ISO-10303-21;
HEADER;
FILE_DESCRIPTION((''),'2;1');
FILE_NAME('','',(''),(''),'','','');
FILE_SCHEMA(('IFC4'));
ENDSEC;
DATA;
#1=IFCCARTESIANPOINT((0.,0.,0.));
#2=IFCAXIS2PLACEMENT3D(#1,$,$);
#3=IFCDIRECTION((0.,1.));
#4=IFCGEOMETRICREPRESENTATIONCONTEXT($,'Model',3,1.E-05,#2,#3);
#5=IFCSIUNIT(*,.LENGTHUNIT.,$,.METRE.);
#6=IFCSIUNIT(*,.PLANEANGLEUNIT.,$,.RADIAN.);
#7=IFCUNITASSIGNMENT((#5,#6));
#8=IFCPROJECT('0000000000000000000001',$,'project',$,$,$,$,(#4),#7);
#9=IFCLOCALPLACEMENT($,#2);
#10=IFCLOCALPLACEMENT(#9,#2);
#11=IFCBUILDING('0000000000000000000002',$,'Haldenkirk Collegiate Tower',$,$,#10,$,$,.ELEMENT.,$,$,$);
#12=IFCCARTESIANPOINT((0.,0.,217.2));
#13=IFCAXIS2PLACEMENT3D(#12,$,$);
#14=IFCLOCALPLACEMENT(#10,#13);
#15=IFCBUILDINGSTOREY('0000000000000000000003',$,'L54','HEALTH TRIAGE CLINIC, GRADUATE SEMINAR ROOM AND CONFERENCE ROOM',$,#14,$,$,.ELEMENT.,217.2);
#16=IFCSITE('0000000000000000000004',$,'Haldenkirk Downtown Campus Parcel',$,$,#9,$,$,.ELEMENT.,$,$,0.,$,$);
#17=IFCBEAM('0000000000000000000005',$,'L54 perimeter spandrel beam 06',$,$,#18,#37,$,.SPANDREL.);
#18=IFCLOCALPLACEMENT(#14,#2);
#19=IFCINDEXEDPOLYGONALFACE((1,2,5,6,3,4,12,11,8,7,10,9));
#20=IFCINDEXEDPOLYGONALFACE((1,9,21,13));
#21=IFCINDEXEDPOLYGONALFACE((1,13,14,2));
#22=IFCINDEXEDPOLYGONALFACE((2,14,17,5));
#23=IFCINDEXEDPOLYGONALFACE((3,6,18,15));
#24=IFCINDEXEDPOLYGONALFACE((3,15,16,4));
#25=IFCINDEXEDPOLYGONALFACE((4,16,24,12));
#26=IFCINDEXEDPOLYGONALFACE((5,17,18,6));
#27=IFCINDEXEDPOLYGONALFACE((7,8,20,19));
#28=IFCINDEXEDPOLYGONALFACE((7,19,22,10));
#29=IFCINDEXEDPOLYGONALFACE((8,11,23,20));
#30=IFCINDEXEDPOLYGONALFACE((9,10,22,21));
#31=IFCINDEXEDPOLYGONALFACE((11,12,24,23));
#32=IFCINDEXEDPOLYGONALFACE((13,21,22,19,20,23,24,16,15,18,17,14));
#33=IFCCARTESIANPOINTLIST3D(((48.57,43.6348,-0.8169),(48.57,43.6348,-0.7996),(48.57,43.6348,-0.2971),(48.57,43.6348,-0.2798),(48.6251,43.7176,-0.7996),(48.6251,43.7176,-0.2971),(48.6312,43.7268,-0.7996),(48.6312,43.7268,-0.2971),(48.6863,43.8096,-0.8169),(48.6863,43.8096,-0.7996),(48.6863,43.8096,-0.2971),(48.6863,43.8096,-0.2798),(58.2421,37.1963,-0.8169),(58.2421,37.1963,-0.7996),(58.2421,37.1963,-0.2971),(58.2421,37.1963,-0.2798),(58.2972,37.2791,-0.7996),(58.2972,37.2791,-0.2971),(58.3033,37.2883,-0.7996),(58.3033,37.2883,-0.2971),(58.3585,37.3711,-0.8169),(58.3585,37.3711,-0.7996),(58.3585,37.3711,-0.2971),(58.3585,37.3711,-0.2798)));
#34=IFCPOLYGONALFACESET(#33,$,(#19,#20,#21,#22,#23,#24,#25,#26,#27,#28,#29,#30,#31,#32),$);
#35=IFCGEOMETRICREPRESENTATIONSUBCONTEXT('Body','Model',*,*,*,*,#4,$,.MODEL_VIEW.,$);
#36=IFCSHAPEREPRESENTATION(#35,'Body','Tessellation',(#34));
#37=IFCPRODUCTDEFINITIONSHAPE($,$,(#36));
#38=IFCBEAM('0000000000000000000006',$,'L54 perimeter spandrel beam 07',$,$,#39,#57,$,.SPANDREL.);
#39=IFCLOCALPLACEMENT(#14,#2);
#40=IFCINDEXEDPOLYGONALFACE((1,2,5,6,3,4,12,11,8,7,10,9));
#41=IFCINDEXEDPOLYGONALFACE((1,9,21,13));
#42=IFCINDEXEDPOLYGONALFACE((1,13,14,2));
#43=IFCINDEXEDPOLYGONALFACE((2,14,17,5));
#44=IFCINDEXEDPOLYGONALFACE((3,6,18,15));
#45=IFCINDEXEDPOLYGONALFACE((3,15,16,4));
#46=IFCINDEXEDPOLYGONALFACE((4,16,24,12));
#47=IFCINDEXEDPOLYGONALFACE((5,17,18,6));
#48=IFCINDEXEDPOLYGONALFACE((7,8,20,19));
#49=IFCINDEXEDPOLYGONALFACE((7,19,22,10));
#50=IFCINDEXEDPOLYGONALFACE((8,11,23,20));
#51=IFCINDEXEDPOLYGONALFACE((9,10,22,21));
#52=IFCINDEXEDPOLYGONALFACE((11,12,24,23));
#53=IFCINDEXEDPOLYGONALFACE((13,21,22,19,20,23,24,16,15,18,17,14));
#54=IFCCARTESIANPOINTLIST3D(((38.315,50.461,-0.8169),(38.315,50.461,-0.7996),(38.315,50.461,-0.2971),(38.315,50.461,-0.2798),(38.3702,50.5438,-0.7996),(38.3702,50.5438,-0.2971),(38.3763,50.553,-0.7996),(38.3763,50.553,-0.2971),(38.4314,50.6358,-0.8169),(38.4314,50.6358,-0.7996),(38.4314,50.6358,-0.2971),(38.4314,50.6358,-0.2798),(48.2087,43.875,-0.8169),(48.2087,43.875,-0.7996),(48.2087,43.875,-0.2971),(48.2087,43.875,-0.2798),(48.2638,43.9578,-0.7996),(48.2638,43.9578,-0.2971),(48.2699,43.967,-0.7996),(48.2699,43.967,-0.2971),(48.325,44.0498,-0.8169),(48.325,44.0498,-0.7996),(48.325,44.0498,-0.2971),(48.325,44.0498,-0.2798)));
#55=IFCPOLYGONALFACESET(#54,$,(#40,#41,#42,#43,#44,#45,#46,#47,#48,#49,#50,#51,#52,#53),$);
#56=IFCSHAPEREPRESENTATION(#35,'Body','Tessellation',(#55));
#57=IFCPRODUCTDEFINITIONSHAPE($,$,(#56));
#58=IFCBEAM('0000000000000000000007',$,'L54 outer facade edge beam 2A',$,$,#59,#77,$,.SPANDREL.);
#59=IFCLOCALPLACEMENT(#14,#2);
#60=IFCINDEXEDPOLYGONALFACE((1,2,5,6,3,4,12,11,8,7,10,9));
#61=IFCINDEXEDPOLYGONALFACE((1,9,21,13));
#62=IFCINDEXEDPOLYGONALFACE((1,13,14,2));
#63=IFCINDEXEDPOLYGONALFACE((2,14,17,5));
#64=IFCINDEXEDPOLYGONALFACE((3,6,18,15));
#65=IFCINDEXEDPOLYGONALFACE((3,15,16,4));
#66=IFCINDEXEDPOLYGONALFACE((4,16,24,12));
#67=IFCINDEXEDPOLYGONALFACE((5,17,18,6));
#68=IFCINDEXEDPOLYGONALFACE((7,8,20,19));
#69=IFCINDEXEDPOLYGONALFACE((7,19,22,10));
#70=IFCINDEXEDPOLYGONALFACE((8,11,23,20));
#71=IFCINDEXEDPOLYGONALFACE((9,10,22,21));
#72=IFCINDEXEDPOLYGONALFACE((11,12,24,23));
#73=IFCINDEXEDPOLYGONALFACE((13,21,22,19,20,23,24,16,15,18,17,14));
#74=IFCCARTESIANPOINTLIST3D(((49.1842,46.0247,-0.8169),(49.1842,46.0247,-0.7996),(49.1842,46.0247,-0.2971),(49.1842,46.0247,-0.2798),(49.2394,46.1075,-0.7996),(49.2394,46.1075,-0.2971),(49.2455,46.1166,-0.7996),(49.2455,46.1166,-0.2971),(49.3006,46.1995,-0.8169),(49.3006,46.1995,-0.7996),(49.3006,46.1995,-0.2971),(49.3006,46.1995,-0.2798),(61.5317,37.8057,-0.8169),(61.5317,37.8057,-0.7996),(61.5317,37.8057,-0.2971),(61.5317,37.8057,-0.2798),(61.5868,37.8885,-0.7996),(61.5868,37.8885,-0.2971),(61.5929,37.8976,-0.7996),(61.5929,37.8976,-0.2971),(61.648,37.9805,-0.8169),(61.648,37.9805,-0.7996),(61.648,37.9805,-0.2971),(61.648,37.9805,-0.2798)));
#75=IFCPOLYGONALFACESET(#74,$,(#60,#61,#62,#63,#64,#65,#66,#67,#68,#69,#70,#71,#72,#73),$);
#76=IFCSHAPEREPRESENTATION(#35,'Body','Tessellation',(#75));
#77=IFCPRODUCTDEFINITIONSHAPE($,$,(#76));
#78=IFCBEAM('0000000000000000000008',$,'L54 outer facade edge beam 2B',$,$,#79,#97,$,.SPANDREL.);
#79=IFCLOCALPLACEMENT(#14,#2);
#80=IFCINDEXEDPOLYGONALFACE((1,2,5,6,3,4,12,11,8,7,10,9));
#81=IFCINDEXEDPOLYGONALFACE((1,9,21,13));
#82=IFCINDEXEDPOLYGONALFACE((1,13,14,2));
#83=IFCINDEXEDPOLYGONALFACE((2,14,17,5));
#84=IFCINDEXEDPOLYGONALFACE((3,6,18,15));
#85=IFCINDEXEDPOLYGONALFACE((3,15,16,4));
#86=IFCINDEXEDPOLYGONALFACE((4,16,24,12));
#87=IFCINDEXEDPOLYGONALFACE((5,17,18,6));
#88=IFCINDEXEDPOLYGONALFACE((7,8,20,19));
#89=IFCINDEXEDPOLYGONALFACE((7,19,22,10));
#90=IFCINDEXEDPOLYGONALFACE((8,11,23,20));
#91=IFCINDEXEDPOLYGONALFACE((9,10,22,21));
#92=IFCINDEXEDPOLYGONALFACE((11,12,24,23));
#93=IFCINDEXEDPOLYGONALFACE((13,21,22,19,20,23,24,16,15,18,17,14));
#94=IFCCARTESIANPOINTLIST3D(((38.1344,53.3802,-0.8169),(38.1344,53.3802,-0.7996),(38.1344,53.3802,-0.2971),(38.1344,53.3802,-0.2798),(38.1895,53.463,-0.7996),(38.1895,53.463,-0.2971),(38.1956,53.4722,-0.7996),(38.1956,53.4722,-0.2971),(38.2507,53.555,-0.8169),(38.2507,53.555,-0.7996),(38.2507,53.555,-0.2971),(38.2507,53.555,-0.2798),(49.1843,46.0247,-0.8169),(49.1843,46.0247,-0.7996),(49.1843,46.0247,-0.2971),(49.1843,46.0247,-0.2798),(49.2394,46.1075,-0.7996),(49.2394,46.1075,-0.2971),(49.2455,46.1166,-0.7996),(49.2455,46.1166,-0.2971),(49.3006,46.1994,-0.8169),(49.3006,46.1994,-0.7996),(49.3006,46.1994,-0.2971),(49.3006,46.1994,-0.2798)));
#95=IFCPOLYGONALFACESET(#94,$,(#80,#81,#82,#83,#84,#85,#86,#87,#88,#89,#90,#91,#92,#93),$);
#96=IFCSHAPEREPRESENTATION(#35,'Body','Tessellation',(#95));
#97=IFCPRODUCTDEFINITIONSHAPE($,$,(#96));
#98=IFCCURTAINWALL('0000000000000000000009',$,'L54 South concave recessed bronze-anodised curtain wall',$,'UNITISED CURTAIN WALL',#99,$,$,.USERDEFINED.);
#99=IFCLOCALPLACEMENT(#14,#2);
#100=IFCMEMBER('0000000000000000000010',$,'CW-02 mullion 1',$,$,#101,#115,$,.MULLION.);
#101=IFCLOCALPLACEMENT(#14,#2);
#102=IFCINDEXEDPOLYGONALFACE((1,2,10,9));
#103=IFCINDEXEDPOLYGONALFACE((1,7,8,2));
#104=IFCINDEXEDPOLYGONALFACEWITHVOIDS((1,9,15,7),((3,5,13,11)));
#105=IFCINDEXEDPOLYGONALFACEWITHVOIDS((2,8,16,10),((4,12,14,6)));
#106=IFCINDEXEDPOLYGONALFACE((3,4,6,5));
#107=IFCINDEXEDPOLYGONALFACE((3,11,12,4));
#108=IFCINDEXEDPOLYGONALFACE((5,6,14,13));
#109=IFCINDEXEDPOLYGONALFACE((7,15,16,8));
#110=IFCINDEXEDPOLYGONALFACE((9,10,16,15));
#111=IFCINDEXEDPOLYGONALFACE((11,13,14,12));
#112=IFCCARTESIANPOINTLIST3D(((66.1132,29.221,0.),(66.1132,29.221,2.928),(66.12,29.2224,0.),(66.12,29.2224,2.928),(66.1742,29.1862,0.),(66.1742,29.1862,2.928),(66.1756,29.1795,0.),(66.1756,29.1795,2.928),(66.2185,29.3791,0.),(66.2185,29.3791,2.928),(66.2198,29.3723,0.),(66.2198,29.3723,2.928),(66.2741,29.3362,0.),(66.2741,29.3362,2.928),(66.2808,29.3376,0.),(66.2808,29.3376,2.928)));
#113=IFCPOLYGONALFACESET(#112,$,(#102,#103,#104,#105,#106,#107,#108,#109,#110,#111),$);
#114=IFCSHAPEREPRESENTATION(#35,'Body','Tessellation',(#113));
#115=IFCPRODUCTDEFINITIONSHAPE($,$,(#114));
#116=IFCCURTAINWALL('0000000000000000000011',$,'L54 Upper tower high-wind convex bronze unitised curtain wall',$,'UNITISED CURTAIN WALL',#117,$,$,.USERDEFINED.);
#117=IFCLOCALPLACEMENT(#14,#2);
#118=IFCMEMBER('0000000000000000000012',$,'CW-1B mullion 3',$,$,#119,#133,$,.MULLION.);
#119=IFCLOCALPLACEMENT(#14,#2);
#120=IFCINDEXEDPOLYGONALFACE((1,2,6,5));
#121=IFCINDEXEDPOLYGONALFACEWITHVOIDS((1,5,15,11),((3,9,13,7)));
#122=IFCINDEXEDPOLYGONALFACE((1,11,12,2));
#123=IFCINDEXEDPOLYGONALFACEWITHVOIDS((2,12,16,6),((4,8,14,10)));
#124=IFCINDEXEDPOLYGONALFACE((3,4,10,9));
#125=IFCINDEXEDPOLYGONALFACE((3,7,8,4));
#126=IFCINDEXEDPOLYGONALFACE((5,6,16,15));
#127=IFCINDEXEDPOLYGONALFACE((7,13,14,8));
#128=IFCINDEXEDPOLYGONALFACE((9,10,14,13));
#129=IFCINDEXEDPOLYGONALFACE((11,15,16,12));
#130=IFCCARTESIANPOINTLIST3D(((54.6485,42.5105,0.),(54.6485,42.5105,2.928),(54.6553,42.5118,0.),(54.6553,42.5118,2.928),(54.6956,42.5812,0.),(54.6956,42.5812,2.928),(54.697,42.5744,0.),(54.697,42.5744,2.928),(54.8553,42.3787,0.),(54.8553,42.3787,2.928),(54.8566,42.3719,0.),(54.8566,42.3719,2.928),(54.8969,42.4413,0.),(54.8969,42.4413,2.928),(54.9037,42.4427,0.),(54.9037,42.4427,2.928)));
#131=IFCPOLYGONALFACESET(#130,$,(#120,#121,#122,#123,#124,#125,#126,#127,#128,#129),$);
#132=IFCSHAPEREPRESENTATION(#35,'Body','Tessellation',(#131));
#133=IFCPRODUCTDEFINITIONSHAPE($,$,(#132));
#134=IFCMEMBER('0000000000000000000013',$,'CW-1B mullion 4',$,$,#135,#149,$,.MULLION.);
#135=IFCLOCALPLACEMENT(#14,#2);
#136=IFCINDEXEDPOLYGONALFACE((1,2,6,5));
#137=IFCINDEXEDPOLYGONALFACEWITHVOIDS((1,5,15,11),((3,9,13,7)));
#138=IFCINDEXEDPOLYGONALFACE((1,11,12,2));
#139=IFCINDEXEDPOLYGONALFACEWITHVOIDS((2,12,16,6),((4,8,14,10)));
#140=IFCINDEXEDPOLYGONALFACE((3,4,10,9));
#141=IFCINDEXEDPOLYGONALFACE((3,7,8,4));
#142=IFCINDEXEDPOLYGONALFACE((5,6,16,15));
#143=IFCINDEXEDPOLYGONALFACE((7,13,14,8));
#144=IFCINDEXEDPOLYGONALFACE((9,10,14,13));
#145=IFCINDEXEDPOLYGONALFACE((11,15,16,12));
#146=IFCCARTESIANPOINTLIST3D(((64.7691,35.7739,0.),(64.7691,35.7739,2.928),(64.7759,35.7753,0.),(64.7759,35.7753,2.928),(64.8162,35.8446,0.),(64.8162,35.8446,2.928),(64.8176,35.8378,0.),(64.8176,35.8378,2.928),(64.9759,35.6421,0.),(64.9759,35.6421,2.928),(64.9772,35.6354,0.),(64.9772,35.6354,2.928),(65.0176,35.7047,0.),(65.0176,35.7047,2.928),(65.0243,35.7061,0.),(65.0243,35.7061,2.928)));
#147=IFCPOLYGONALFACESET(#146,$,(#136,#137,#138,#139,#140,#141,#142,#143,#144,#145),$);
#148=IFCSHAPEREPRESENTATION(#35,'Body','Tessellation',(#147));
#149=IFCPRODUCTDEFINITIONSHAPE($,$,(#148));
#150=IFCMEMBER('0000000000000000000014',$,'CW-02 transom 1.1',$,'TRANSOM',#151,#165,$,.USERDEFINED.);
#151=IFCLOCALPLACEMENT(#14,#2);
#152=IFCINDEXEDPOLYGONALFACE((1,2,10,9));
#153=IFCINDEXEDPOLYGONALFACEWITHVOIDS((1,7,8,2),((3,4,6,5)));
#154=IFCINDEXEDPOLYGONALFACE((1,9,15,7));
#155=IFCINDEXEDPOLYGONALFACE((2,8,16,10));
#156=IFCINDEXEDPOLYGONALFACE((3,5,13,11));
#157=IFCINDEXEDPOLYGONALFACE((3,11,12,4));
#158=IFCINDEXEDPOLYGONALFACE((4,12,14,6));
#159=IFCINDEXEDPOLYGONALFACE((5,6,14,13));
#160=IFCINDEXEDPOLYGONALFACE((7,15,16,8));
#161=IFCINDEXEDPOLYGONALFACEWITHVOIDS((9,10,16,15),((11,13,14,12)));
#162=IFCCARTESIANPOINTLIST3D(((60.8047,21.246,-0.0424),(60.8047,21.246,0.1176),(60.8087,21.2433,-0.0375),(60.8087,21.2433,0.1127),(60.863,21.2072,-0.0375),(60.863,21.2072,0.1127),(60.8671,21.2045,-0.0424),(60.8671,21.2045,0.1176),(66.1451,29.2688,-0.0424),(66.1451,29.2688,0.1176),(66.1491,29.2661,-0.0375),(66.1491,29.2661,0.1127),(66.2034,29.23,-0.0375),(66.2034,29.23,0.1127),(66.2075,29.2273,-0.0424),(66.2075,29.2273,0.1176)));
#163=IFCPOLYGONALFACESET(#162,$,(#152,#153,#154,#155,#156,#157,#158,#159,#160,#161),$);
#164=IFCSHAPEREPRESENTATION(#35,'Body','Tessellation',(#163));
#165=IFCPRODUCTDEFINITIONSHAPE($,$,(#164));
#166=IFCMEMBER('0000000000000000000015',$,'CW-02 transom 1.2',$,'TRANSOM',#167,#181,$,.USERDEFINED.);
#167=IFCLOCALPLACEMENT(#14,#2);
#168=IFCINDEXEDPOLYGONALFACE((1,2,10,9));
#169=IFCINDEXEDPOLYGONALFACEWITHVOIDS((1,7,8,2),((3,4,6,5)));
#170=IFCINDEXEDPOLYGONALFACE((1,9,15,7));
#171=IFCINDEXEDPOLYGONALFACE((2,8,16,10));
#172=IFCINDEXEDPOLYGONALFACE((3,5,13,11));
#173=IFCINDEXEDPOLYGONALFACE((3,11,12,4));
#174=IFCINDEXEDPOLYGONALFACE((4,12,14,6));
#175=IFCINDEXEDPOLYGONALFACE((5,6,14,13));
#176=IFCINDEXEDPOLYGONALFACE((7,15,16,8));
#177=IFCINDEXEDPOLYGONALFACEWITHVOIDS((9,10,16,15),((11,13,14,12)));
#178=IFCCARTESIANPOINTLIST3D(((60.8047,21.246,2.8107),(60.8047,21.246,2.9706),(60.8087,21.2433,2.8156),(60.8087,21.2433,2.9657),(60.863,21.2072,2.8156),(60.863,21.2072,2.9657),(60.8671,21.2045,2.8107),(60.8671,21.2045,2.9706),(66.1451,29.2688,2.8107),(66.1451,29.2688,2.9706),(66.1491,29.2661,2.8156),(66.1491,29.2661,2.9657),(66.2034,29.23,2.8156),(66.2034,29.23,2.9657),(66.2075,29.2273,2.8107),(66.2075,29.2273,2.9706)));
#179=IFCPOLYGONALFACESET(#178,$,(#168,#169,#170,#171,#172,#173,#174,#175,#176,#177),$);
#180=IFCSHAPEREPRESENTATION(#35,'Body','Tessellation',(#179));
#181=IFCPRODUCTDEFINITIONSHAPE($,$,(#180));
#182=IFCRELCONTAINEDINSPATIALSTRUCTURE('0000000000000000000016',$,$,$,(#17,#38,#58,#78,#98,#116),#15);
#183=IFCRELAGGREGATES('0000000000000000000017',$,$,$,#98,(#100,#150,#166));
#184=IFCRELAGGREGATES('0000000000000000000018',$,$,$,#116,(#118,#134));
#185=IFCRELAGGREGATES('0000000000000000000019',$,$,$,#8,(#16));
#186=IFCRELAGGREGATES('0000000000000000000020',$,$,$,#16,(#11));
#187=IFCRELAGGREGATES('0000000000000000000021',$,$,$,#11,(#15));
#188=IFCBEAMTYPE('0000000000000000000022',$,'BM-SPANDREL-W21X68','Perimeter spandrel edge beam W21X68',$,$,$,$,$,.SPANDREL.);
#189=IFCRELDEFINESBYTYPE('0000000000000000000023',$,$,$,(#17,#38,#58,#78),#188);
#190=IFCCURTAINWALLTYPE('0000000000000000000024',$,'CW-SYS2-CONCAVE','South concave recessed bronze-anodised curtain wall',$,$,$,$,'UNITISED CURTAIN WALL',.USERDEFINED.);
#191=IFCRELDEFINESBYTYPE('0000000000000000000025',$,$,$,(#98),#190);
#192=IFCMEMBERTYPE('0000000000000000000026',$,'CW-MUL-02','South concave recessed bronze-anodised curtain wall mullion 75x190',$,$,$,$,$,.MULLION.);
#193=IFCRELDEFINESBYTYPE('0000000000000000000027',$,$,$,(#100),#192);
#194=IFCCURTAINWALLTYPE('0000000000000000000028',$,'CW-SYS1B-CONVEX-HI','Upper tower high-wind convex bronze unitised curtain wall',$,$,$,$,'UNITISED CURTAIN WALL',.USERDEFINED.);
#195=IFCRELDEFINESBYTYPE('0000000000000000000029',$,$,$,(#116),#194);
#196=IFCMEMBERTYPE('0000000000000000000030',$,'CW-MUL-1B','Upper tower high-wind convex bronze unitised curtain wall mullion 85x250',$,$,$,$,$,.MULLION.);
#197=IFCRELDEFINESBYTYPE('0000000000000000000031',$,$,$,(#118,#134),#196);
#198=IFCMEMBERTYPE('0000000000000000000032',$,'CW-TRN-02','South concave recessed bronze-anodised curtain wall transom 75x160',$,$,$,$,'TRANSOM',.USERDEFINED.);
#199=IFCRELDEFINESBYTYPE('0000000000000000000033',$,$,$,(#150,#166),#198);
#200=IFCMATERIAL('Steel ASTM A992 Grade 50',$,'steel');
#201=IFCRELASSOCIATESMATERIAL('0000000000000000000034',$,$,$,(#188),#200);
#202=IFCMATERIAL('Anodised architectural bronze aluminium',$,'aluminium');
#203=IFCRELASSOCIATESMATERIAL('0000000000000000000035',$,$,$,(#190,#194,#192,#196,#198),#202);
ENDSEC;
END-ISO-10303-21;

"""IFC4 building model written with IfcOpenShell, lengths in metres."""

from ifc_helpers import new_model, si_unit, direction, frame, origin, origin_2d, place, context, subcontext, project, spatial, hollow_rectangle, i_section, extrude, material, material_profile, profile_set, type_object, element, aggregate, save


model = new_model("IFC4")

# Units and contexts
model_context = context("Model", 3, precision=1e-05, world=origin(), true_north=direction((0.0, 1.0)))
body_context = subcontext(model_context, "Body", "Model", "MODEL_VIEW")
ifc_project = project(units=[si_unit("LENGTHUNIT", "METRE"), si_unit("PLANEANGLEUNIT", "RADIAN")], contexts=[model_context])

# Site, building, storey
site_placement = place(None, origin())
site = spatial("IfcSite", under=ifc_project, at=site_placement, Name="Haldenkirk Downtown Campus Parcel", CompositionType="ELEMENT", RefElevation=0.0)
building_placement = place(site_placement, origin())
building = spatial("IfcBuilding", under=site, at=building_placement, Name="Haldenkirk Collegiate Tower", CompositionType="ELEMENT")
storey_placement = place(building_placement, frame((0.0, 0.0, 217.2)))
storey = spatial("IfcBuildingStorey", under=building, at=storey_placement, Name="L54", Description="HEALTH TRIAGE CLINIC, GRADUATE SEMINAR ROOM AND CONFERENCE ROOM", CompositionType="ELEMENT", Elevation=217.2)

# Beams
ifc_material_1 = material(Name="Steel ASTM A992 Grade 50", Category="steel")
ifc_material_profile_1 = material_profile(ifc_material_1, i_section(OverallWidth=0.21, OverallDepth=0.5371, WebThickness=0.011, FlangeThickness=0.0173, at=origin_2d()), Name="W21X68")
ifc_profile_set_1 = profile_set([ifc_material_profile_1], Name="Steel ASTM A992 Grade 50")
beam_type_1 = type_object("IfcBeamType", Name="BM-SPANDREL-W21X68", Description="Perimeter spandrel edge beam W21X68", PredefinedType="SPANDREL", material=ifc_profile_set_1)
beam_1_placement = place(storey_placement, frame((58.3003, 37.2837, -0.5483), z_axis=(-0.832432, 0.554128, 0.0), x_axis=(-0.554128, -0.832432, 0.0)))
element("IfcBeam", 1, at=beam_1_placement, inside=storey, type_object=beam_type_1, Name="L54 perimeter spandrel beam 06", PredefinedType="SPANDREL", context=body_context, shape_type="SweptSolid", body=[
    extrude(i_section(OverallWidth=0.21, OverallDepth=0.5371, WebThickness=0.011, FlangeThickness=0.0173, at=origin_2d()), origin(), (0.0, 0.0, 1.0), 11.6191),
])
beam_2_placement = place(storey_placement, frame((48.2668, 43.9624, -0.5483), z_axis=(-0.832429, 0.554131, 0.0), x_axis=(-0.554131, -0.832429, 0.0)))
element("IfcBeam", 2, at=beam_2_placement, inside=storey, type_object=beam_type_1, Name="L54 perimeter spandrel beam 07", PredefinedType="SPANDREL", context=body_context, shape_type="SweptSolid", body=[
    extrude(i_section(OverallWidth=0.21, OverallDepth=0.5371, WebThickness=0.011, FlangeThickness=0.0173, at=origin_2d()), origin(), (0.0, 0.0, 1.0), 11.8853),
])
beam_3_placement = place(storey_placement, frame((61.5898, 37.8931, -0.5483), z_axis=(-0.832443, 0.554111, 0.0), x_axis=(-0.554111, -0.832443, 0.0)))
element("IfcBeam", 3, at=beam_3_placement, inside=storey, type_object=beam_type_1, Name="L54 outer facade edge beam 2A", PredefinedType="SPANDREL", context=body_context, shape_type="SweptSolid", body=[
    extrude(i_section(OverallWidth=0.21, OverallDepth=0.5371, WebThickness=0.011, FlangeThickness=0.0173, at=origin_2d()), origin(), (0.0, 0.0, 1.0), 14.8328),
])
beam_4_placement = place(storey_placement, frame((49.2424, 46.1121, -0.5483), z_axis=(-0.832435, 0.554123, 0.0), x_axis=(-0.554123, -0.832435, 0.0)))
element("IfcBeam", 4, at=beam_4_placement, inside=storey, type_object=beam_type_1, Name="L54 outer facade edge beam 2B", PredefinedType="SPANDREL", context=body_context, shape_type="SweptSolid", body=[
    extrude(i_section(OverallWidth=0.21, OverallDepth=0.5371, WebThickness=0.011, FlangeThickness=0.0173, at=origin_2d()), origin(), (0.0, 0.0, 1.0), 13.2742),
])

# Curtain wall, member
ifc_material_2 = material(Name="Anodised architectural bronze aluminium", Category="aluminium")
curtain_wall_type_1 = type_object("IfcCurtainWallType", Name="CW-SYS2-CONCAVE", Description="South concave recessed bronze-anodised curtain wall", ElementType="UNITISED CURTAIN WALL", PredefinedType="USERDEFINED", material=ifc_material_2)
curtain_wall_1_placement = place(storey_placement, origin())
curtain_wall_1 = element("IfcCurtainWall", 5, at=curtain_wall_1_placement, inside=storey, type_object=curtain_wall_type_1, Name="L54 South concave recessed bronze-anodised curtain wall", ObjectType="UNITISED CURTAIN WALL", PredefinedType="USERDEFINED")
ifc_material_profile_2 = material_profile(ifc_material_2, hollow_rectangle(XDim=0.075, YDim=0.1899, WallThickness=0.0049, at=origin_2d()), Name="CW-MUL-02")
ifc_profile_set_2 = profile_set([ifc_material_profile_2], Name="Anodised architectural bronze aluminium")
member_type_1 = type_object("IfcMemberType", Name="CW-MUL-02", Description="South concave recessed bronze-anodised curtain wall mullion 75x190", PredefinedType="MULLION", material=ifc_profile_set_2)
member_1_placement = place(storey_placement, frame((66.197, 29.2793, 0.0), z_axis=(0.0, 0.0, 1.0), x_axis=(0.832438, -0.554118, 0.0)))
member_1 = element("IfcMember", 6, at=member_1_placement, type_object=member_type_1, Name="CW-02 mullion 1", PredefinedType="MULLION", context=body_context, shape_type="SweptSolid", body=[
    extrude(hollow_rectangle(XDim=0.075, YDim=0.1899, WallThickness=0.0049, at=origin_2d()), origin(), (0.0, 0.0, 1.0), 2.928),
])

# Curtain wall, members
curtain_wall_type_2 = type_object("IfcCurtainWallType", Name="CW-SYS1B-CONVEX-HI", Description="Upper tower high-wind convex bronze unitised curtain wall", ElementType="UNITISED CURTAIN WALL", PredefinedType="USERDEFINED", material=ifc_material_2)
curtain_wall_2_placement = place(storey_placement, origin())
curtain_wall_2 = element("IfcCurtainWall", 7, at=curtain_wall_2_placement, inside=storey, type_object=curtain_wall_type_2, Name="L54 Upper tower high-wind convex bronze unitised curtain wall", ObjectType="UNITISED CURTAIN WALL", PredefinedType="USERDEFINED")
ifc_material_profile_3 = material_profile(ifc_material_2, hollow_rectangle(XDim=0.085, YDim=0.25, WallThickness=0.0049, at=origin_2d()), Name="CW-MUL-1B")
ifc_profile_set_3 = profile_set([ifc_material_profile_3], Name="Anodised architectural bronze aluminium")
member_type_2 = type_object("IfcMemberType", Name="CW-MUL-1B", Description="Upper tower high-wind convex bronze unitised curtain wall mullion 85x250", PredefinedType="MULLION", material=ifc_profile_set_3)
member_2_placement = place(storey_placement, frame((54.7761, 42.4766, 0.0), z_axis=(0.0, 0.0, 1.0), x_axis=(0.554119, 0.832438, 0.0)))
member_2 = element("IfcMember", 8, at=member_2_placement, type_object=member_type_2, Name="CW-1B mullion 3", PredefinedType="MULLION", context=body_context, shape_type="SweptSolid", body=[
    extrude(hollow_rectangle(XDim=0.085, YDim=0.25, WallThickness=0.0049, at=origin_2d()), origin(), (0.0, 0.0, 1.0), 2.928),
])
member_3_placement = place(storey_placement, frame((64.8967, 35.74, 0.0), z_axis=(0.0, 0.0, 1.0), x_axis=(0.554119, 0.832438, 0.0)))
member_3 = element("IfcMember", 9, at=member_3_placement, type_object=member_type_2, Name="CW-1B mullion 4", PredefinedType="MULLION", context=body_context, shape_type="SweptSolid", body=[
    extrude(hollow_rectangle(XDim=0.085, YDim=0.25, WallThickness=0.0049, at=origin_2d()), origin(), (0.0, 0.0, 1.0), 2.928),
])

# Members
ifc_material_profile_4 = material_profile(ifc_material_2, hollow_rectangle(XDim=0.075, YDim=0.1599, WallThickness=0.0049, at=origin_2d()), Name="CW-TRN-02")
ifc_profile_set_4 = profile_set([ifc_material_profile_4], Name="Anodised architectural bronze aluminium")
member_type_3 = type_object("IfcMemberType", Name="CW-TRN-02", Description="South concave recessed bronze-anodised curtain wall transom 75x160", ElementType="TRANSOM", PredefinedType="USERDEFINED", material=ifc_profile_set_4)
member_4_placement = place(storey_placement, frame((66.1763, 29.248, 0.0376), z_axis=(-0.554115, -0.83244, 0.0), x_axis=(0.83244, -0.554115, 0.0)))
member_4 = element("IfcMember", 10, at=member_4_placement, type_object=member_type_3, Name="CW-02 transom 1.1", ObjectType="TRANSOM", PredefinedType="USERDEFINED", context=body_context, shape_type="SweptSolid", body=[
    extrude(hollow_rectangle(XDim=0.075, YDim=0.1599, WallThickness=0.0049, at=origin_2d()), origin(), (0.0, 0.0, 1.0), 9.6377),
])
member_5_placement = place(storey_placement, frame((66.1763, 29.248, 2.8906), z_axis=(-0.554115, -0.83244, 0.0), x_axis=(0.83244, -0.554115, 0.0)))
member_5 = element("IfcMember", 11, at=member_5_placement, type_object=member_type_3, Name="CW-02 transom 1.2", ObjectType="TRANSOM", PredefinedType="USERDEFINED", context=body_context, shape_type="SweptSolid", body=[
    extrude(hollow_rectangle(XDim=0.075, YDim=0.1599, WallThickness=0.0049, at=origin_2d()), origin(), (0.0, 0.0, 1.0), 9.6377),
])

aggregate(curtain_wall_1, [member_1, member_4, member_5])
aggregate(curtain_wall_2, [member_2, member_3])

save(model, "model.ifc")
